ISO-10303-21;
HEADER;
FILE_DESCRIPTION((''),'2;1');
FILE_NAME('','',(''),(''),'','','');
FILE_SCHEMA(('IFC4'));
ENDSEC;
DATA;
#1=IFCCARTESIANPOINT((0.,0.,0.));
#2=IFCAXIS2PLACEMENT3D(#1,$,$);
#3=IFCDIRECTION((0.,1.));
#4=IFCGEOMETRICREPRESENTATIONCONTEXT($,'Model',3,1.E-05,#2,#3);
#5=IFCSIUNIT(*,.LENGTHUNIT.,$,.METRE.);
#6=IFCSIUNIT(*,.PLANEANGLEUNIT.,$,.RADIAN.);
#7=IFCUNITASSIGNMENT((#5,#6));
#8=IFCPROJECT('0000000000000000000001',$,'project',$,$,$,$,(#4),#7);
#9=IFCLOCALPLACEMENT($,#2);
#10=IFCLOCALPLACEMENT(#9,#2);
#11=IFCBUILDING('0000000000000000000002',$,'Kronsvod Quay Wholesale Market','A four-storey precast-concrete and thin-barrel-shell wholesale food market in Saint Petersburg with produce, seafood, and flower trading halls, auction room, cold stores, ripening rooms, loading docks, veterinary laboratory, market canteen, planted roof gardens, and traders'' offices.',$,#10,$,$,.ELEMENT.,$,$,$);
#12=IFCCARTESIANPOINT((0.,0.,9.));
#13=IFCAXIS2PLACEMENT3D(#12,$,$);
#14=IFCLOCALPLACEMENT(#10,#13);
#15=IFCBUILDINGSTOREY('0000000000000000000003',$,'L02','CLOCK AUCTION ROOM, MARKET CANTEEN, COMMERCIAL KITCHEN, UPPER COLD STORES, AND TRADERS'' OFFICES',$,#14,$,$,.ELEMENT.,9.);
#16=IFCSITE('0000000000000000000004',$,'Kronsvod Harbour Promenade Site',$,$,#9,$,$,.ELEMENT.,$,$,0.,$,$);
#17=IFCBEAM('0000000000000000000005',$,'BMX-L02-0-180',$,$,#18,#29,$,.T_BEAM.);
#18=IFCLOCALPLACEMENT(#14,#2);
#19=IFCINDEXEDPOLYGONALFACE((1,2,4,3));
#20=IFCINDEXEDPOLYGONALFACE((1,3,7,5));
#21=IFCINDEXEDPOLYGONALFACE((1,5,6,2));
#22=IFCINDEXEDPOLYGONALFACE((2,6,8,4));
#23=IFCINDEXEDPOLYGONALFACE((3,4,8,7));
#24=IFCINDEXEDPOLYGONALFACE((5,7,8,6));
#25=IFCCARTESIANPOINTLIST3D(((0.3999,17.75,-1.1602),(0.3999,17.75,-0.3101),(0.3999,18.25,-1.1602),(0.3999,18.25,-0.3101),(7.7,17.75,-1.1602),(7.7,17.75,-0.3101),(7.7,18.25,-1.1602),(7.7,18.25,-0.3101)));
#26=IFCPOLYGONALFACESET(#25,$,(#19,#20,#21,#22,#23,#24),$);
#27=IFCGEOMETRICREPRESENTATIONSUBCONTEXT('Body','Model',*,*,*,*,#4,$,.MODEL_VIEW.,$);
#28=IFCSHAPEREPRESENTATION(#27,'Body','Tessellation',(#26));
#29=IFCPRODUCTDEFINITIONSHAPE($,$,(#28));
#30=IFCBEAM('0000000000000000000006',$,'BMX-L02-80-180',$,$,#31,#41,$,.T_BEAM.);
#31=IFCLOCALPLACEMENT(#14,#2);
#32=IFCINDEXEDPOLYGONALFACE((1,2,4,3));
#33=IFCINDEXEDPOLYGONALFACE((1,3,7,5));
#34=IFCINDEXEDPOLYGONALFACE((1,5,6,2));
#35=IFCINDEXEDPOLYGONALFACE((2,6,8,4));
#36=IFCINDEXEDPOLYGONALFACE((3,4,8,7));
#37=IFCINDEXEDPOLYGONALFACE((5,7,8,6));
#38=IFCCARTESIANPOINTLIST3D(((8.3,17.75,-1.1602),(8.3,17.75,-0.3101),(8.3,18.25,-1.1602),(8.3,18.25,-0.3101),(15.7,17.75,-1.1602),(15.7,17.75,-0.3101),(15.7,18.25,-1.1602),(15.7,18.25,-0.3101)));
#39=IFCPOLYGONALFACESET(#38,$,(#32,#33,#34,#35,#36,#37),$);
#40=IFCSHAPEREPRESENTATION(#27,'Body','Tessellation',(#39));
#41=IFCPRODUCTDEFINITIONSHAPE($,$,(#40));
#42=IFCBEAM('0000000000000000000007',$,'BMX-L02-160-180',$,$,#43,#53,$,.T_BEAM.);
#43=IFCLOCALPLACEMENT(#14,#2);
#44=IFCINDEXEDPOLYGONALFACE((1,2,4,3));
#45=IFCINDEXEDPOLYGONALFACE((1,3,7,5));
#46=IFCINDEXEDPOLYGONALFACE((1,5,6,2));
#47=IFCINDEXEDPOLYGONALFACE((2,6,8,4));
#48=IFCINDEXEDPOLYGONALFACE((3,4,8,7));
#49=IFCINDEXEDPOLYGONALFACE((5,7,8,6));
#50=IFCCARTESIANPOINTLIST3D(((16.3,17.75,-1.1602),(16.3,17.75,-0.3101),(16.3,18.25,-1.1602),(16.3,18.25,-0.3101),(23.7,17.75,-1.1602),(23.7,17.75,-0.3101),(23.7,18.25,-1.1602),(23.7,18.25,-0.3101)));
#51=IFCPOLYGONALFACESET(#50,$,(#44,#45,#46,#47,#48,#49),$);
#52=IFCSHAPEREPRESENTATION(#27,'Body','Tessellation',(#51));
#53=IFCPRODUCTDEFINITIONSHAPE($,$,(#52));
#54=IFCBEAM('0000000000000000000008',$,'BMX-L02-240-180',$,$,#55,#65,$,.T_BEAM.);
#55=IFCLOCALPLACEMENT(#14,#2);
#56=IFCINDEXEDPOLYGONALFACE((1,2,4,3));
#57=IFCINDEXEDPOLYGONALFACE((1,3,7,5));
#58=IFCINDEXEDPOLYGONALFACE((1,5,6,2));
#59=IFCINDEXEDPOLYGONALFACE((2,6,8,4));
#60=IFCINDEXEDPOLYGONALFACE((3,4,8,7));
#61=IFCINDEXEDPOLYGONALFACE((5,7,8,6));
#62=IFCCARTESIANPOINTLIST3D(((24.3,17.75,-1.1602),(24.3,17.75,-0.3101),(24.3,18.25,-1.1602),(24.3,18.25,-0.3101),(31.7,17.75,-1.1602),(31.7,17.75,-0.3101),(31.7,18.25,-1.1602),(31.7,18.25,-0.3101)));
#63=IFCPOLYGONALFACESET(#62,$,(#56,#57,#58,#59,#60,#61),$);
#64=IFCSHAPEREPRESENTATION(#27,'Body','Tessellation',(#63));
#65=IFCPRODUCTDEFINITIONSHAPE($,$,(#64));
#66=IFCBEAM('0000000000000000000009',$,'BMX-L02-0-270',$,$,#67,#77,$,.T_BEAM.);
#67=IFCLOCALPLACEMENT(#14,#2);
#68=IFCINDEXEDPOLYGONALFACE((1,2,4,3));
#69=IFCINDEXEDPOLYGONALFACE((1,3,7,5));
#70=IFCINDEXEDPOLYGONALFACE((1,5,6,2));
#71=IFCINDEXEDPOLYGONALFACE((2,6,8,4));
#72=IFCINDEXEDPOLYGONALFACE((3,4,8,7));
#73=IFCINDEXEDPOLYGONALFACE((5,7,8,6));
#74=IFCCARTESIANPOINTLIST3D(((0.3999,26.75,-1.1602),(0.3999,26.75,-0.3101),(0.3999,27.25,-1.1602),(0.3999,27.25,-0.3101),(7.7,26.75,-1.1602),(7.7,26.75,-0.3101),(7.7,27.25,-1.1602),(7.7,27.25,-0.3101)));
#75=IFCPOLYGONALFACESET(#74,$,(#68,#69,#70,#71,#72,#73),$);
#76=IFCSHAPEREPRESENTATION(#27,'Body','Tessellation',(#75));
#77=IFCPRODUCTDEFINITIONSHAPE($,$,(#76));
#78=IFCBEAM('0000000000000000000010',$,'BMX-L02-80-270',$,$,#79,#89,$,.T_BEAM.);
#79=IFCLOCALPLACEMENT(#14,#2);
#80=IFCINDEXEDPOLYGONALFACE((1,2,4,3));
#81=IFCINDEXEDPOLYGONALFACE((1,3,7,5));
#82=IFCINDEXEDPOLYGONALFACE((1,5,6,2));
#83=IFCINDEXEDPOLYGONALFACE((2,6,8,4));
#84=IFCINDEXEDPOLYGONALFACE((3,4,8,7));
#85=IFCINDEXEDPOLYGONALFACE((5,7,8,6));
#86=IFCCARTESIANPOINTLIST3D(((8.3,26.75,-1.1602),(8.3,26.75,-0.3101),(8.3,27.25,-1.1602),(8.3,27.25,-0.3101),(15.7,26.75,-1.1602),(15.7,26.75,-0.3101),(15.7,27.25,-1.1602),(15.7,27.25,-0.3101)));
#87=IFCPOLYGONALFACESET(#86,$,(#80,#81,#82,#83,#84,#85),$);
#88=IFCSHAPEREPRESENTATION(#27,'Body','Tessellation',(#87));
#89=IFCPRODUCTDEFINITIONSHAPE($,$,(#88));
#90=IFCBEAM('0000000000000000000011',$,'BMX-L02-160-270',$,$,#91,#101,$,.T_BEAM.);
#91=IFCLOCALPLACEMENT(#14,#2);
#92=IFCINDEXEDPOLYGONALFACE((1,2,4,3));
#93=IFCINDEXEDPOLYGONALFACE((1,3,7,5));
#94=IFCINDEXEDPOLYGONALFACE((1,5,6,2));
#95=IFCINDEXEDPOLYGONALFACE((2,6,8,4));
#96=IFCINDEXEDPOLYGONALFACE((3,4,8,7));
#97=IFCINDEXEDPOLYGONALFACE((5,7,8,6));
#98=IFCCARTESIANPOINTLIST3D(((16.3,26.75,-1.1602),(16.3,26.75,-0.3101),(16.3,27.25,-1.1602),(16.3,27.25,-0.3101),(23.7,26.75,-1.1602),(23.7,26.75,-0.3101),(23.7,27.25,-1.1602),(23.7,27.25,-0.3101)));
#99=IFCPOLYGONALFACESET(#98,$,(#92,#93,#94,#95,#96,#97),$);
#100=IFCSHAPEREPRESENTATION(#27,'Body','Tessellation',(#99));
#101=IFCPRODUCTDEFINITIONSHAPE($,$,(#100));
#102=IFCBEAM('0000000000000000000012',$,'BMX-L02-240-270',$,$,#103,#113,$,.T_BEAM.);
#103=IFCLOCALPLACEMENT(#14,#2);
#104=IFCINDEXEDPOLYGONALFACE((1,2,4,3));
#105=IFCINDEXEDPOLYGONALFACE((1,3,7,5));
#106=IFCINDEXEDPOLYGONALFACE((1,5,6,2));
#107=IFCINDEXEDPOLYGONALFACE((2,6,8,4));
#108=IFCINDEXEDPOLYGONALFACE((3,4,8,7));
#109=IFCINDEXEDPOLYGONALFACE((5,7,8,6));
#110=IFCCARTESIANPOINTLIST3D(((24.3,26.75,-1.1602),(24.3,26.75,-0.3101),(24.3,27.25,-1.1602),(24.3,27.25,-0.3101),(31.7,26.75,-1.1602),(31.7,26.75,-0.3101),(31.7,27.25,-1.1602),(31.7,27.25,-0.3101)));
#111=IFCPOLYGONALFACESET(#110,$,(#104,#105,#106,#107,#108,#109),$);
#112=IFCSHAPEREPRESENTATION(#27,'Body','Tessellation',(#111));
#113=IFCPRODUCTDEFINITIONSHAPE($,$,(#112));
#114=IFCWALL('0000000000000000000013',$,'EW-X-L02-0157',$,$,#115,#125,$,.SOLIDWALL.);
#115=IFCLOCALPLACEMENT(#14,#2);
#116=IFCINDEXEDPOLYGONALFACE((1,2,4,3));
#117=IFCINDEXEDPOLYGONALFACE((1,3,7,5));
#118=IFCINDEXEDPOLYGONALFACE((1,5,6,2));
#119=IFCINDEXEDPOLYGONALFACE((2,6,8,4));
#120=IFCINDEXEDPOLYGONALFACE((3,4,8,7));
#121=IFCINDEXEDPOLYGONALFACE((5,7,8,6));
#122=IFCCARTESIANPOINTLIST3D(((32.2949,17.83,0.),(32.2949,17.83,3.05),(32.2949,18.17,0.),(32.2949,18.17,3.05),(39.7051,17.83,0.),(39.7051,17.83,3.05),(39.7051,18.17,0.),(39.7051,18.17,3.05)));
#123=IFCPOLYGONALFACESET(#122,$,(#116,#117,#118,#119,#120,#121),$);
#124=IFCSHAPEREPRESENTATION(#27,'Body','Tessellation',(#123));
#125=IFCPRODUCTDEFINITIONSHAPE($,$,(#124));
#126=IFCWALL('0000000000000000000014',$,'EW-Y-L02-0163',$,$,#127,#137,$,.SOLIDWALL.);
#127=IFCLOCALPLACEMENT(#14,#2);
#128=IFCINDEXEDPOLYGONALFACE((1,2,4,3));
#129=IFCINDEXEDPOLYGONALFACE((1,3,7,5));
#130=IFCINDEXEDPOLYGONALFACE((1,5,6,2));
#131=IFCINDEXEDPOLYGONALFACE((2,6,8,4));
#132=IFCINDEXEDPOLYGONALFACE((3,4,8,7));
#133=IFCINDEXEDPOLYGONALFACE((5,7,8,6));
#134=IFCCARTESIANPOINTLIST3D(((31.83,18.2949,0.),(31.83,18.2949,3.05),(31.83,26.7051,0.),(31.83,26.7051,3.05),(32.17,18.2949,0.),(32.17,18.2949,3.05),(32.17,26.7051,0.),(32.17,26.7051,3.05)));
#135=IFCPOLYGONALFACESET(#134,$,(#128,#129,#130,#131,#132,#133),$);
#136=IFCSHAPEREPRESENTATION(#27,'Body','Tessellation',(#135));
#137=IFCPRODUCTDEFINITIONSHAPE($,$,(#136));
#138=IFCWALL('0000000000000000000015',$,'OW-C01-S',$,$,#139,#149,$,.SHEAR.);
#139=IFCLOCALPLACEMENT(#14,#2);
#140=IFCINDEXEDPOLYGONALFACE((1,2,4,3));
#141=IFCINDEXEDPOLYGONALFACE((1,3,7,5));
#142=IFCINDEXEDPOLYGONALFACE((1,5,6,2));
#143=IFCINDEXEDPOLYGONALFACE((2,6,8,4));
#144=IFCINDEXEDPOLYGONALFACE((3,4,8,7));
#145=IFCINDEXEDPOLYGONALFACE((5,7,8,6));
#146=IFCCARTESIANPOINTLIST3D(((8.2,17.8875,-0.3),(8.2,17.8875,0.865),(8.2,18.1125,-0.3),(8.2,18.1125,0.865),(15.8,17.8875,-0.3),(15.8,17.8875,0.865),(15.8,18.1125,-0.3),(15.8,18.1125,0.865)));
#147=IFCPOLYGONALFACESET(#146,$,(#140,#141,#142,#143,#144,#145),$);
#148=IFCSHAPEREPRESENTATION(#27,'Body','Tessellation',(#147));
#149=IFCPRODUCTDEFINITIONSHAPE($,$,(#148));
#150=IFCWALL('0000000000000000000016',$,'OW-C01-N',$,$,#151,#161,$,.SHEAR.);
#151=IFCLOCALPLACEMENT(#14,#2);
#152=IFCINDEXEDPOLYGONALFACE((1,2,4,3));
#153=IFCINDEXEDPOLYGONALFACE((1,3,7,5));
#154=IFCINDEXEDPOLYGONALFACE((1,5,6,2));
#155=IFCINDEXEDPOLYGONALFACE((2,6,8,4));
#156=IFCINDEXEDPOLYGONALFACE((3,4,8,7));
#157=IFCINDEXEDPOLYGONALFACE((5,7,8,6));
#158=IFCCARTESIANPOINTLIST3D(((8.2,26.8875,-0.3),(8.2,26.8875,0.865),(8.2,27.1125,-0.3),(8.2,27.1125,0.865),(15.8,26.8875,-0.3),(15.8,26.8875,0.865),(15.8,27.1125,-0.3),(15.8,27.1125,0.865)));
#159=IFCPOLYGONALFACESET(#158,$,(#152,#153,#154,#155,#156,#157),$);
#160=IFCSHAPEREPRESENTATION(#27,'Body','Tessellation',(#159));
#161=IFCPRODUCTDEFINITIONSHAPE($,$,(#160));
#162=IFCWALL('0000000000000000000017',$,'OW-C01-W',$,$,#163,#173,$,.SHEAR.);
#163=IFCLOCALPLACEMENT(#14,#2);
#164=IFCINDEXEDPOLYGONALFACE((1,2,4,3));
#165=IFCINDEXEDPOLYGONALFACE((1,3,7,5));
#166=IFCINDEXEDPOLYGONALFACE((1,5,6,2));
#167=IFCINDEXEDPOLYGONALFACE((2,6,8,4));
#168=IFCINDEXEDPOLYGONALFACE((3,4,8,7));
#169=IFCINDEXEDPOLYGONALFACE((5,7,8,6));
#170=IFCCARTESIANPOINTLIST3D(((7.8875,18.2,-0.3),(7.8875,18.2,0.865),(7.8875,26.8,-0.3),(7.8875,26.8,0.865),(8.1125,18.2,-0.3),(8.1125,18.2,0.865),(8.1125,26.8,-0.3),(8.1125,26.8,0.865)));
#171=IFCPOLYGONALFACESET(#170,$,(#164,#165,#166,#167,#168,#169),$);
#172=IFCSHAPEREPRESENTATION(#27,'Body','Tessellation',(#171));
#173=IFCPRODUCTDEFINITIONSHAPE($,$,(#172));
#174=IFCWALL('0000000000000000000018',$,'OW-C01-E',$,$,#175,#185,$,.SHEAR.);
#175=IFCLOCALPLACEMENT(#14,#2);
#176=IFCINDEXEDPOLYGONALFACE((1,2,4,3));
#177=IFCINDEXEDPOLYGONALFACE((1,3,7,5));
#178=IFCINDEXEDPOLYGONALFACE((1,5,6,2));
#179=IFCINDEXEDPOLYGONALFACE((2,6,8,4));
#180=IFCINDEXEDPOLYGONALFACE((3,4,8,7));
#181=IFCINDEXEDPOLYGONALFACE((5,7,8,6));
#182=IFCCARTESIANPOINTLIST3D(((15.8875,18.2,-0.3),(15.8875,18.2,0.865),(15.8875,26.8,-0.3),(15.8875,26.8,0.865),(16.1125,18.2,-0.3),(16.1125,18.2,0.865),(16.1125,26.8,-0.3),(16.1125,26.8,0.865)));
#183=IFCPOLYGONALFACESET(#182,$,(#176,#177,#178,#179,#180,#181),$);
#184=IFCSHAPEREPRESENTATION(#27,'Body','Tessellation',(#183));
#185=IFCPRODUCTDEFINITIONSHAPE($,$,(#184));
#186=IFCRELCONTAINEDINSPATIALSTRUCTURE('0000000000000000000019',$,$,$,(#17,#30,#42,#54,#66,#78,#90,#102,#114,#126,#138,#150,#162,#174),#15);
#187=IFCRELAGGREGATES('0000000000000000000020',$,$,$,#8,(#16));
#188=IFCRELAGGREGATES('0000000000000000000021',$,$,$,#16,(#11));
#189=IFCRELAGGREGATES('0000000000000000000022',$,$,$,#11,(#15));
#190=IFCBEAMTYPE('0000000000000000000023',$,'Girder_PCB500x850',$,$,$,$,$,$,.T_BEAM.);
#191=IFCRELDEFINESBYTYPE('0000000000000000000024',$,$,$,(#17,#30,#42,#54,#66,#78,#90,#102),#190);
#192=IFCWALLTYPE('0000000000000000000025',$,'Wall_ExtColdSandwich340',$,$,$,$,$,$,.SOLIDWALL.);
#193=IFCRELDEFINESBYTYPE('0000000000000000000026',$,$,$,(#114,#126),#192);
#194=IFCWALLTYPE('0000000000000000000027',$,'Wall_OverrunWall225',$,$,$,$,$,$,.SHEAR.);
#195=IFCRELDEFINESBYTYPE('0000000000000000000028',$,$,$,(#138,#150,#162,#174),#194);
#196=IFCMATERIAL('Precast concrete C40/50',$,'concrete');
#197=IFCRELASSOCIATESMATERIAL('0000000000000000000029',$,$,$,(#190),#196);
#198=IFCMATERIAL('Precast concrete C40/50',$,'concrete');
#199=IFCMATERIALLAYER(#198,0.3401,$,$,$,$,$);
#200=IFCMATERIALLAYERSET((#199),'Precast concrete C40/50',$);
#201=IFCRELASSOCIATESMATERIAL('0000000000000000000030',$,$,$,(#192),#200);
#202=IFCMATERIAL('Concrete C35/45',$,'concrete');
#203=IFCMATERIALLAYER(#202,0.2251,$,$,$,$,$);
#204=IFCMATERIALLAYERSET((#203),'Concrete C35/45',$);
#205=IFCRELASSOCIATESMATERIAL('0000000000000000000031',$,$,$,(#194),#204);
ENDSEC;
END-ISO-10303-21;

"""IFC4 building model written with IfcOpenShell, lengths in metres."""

from ifc_helpers import new_model, si_unit, direction, frame, frame_2d, origin, origin_2d, place, context, subcontext, project, spatial, rectangle, extrude, material, layer, layer_set, material_profile, profile_set, type_object, element, save


model = new_model("IFC4")

# Units and contexts
model_context = context("Model", 3, precision=1e-05, world=origin(), true_north=direction((0.0, 1.0)))
body_context = subcontext(model_context, "Body", "Model", "MODEL_VIEW")
ifc_project = project(units=[si_unit("LENGTHUNIT", "METRE"), si_unit("PLANEANGLEUNIT", "RADIAN")], contexts=[model_context])

# Site, building, storey
site_placement = place(None, origin())
site = spatial("IfcSite", under=ifc_project, at=site_placement, Name="Kronsvod Harbour Promenade Site", CompositionType="ELEMENT", RefElevation=0.0)
building_placement = place(site_placement, origin())
building = spatial("IfcBuilding", under=site, at=building_placement, Name="Kronsvod Quay Wholesale Market", Description="A four-storey precast-concrete and thin-barrel-shell wholesale food market in Saint Petersburg with produce, seafood, and flower trading halls, auction room, cold stores, ripening rooms, loading docks, veterinary laboratory, market canteen, planted roof gardens, and traders' offices.", CompositionType="ELEMENT")
storey_placement = place(building_placement, frame((0.0, 0.0, 9.0)))
storey = spatial("IfcBuildingStorey", under=building, at=storey_placement, Name="L02", Description="CLOCK AUCTION ROOM, MARKET CANTEEN, COMMERCIAL KITCHEN, UPPER COLD STORES, AND TRADERS' OFFICES", CompositionType="ELEMENT", Elevation=9.0)

# Beams
ifc_material_1 = material(Name="Precast concrete C40/50", Category="concrete")
ifc_material_profile_1 = material_profile(ifc_material_1, rectangle(XDim=0.5, YDim=0.8501, at=origin_2d()), Name="PCB500x850")
ifc_profile_set_1 = profile_set([ifc_material_profile_1], Name="Precast concrete C40/50")
beam_type_1 = type_object("IfcBeamType", Name="Girder_PCB500x850", PredefinedType="T_BEAM", material=ifc_profile_set_1)
beam_1_placement = place(storey_placement, frame((0.3999, 18.0, -0.7351), z_axis=(1.0, 0.0, 0.0), x_axis=(0.0, 1.0, 0.0)))
element("IfcBeam", 1, at=beam_1_placement, inside=storey, type_object=beam_type_1, Name="BMX-L02-0-180", PredefinedType="T_BEAM", context=body_context, shape_type="SweptSolid", body=[
    extrude(rectangle(XDim=0.5, YDim=0.8501, at=origin_2d()), origin(), (0.0, 0.0, 1.0), 7.3),
])
for number, where, z_axis, x_axis, name in (
    (2, (8.3, 18.0, -0.7351), (1.0, 0.0, 0.0), (0.0, 1.0, 0.0), "BMX-L02-80-180"),
    (3, (16.3, 18.0, -0.7351), (1.0, 0.0, 0.0), (0.0, 1.0, 0.0), "BMX-L02-160-180"),
    (4, (24.3, 18.0, -0.7351), (1.0, 0.0, 0.0), (0.0, 1.0, 0.0), "BMX-L02-240-180"),
):
    element("IfcBeam", number, at=place(storey_placement, frame(where, z_axis=z_axis, x_axis=x_axis)), inside=storey, type_object=beam_type_1, Name=name, PredefinedType="T_BEAM", context=body_context, shape_type="SweptSolid", body=[
        extrude(rectangle(XDim=0.5, YDim=0.8501, at=origin_2d()), origin(), (0.0, 0.0, 1.0), 7.3999),
    ])
beam_2_placement = place(storey_placement, frame((0.3999, 27.0, -0.7351), z_axis=(1.0, 0.0, 0.0), x_axis=(0.0, 1.0, 0.0)))
element("IfcBeam", 5, at=beam_2_placement, inside=storey, type_object=beam_type_1, Name="BMX-L02-0-270", PredefinedType="T_BEAM", context=body_context, shape_type="SweptSolid", body=[
    extrude(rectangle(XDim=0.5, YDim=0.8501, at=origin_2d()), origin(), (0.0, 0.0, 1.0), 7.3),
])
for number, where, z_axis, x_axis, name in (
    (6, (8.3, 27.0, -0.7351), (1.0, 0.0, 0.0), (0.0, 1.0, 0.0), "BMX-L02-80-270"),
    (7, (16.3, 27.0, -0.7351), (1.0, 0.0, 0.0), (0.0, 1.0, 0.0), "BMX-L02-160-270"),
    (8, (24.3, 27.0, -0.7351), (1.0, 0.0, 0.0), (0.0, 1.0, 0.0), "BMX-L02-240-270"),
):
    element("IfcBeam", number, at=place(storey_placement, frame(where, z_axis=z_axis, x_axis=x_axis)), inside=storey, type_object=beam_type_1, Name=name, PredefinedType="T_BEAM", context=body_context, shape_type="SweptSolid", body=[
        extrude(rectangle(XDim=0.5, YDim=0.8501, at=origin_2d()), origin(), (0.0, 0.0, 1.0), 7.3999),
    ])

# Walls
ifc_material_2 = material(Name="Precast concrete C40/50", Category="concrete")
ifc_layer_1 = layer(ifc_material_2, 0.3401)
ifc_layer_set_1 = layer_set([ifc_layer_1], Name="Precast concrete C40/50")
wall_type_1 = type_object("IfcWallType", Name="Wall_ExtColdSandwich340", PredefinedType="SOLIDWALL", material=ifc_layer_set_1)
wall_1_placement = place(storey_placement, frame((32.2949, 18.0, 0.0), z_axis=(0.0, 0.0, 1.0), x_axis=(1.0, 0.0, 0.0)))
element("IfcWall", 9, at=wall_1_placement, inside=storey, type_object=wall_type_1, Name="EW-X-L02-0157", PredefinedType="SOLIDWALL", context=body_context, shape_type="SweptSolid", body=[
    extrude(rectangle(XDim=7.4102, YDim=0.3401, at=frame_2d((3.7051, 0.0))), origin(), (0.0, 0.0, 1.0), 3.05),
])
wall_2_placement = place(storey_placement, frame((32.0, 26.7051, 0.0), z_axis=(0.0, 0.0, 1.0), x_axis=(0.0, -1.0, 0.0)))
element("IfcWall", 10, at=wall_2_placement, inside=storey, type_object=wall_type_1, Name="EW-Y-L02-0163", PredefinedType="SOLIDWALL", context=body_context, shape_type="SweptSolid", body=[
    extrude(rectangle(XDim=8.4102, YDim=0.3401, at=frame_2d((4.2051, 0.0))), origin(), (0.0, 0.0, 1.0), 3.05),
])
ifc_material_3 = material(Name="Concrete C35/45", Category="concrete")
ifc_layer_2 = layer(ifc_material_3, 0.2251)
ifc_layer_set_2 = layer_set([ifc_layer_2], Name="Concrete C35/45")
wall_type_2 = type_object("IfcWallType", Name="Wall_OverrunWall225", PredefinedType="SHEAR", material=ifc_layer_set_2)
for number, where, z_axis, x_axis, name in (
    (11, (8.2, 18.0, -0.3), (0.0, 0.0, 1.0), (1.0, 0.0, 0.0), "OW-C01-S"),
    (12, (8.2, 27.0, -0.3), (0.0, 0.0, 1.0), (1.0, 0.0, 0.0), "OW-C01-N"),
):
    element("IfcWall", number, at=place(storey_placement, frame(where, z_axis=z_axis, x_axis=x_axis)), inside=storey, type_object=wall_type_2, Name=name, PredefinedType="SHEAR", context=body_context, shape_type="SweptSolid", body=[
        extrude(rectangle(XDim=7.6001, YDim=0.2251, at=frame_2d((3.8, 0.0))), origin(), (0.0, 0.0, 1.0), 1.165),
    ])
for number, where, z_axis, x_axis, name in (
    (13, (8.0, 18.2, -0.3), (0.0, 0.0, 1.0), (0.0, 1.0, 0.0), "OW-C01-W"),
    (14, (16.0, 18.2, -0.3), (0.0, 0.0, 1.0), (0.0, 1.0, 0.0), "OW-C01-E"),
):
    element("IfcWall", number, at=place(storey_placement, frame(where, z_axis=z_axis, x_axis=x_axis)), inside=storey, type_object=wall_type_2, Name=name, PredefinedType="SHEAR", context=body_context, shape_type="SweptSolid", body=[
        extrude(rectangle(XDim=8.6001, YDim=0.2251, at=frame_2d((4.3, 0.0))), origin(), (0.0, 0.0, 1.0), 1.165),
    ])

save(model, "model.ifc")
